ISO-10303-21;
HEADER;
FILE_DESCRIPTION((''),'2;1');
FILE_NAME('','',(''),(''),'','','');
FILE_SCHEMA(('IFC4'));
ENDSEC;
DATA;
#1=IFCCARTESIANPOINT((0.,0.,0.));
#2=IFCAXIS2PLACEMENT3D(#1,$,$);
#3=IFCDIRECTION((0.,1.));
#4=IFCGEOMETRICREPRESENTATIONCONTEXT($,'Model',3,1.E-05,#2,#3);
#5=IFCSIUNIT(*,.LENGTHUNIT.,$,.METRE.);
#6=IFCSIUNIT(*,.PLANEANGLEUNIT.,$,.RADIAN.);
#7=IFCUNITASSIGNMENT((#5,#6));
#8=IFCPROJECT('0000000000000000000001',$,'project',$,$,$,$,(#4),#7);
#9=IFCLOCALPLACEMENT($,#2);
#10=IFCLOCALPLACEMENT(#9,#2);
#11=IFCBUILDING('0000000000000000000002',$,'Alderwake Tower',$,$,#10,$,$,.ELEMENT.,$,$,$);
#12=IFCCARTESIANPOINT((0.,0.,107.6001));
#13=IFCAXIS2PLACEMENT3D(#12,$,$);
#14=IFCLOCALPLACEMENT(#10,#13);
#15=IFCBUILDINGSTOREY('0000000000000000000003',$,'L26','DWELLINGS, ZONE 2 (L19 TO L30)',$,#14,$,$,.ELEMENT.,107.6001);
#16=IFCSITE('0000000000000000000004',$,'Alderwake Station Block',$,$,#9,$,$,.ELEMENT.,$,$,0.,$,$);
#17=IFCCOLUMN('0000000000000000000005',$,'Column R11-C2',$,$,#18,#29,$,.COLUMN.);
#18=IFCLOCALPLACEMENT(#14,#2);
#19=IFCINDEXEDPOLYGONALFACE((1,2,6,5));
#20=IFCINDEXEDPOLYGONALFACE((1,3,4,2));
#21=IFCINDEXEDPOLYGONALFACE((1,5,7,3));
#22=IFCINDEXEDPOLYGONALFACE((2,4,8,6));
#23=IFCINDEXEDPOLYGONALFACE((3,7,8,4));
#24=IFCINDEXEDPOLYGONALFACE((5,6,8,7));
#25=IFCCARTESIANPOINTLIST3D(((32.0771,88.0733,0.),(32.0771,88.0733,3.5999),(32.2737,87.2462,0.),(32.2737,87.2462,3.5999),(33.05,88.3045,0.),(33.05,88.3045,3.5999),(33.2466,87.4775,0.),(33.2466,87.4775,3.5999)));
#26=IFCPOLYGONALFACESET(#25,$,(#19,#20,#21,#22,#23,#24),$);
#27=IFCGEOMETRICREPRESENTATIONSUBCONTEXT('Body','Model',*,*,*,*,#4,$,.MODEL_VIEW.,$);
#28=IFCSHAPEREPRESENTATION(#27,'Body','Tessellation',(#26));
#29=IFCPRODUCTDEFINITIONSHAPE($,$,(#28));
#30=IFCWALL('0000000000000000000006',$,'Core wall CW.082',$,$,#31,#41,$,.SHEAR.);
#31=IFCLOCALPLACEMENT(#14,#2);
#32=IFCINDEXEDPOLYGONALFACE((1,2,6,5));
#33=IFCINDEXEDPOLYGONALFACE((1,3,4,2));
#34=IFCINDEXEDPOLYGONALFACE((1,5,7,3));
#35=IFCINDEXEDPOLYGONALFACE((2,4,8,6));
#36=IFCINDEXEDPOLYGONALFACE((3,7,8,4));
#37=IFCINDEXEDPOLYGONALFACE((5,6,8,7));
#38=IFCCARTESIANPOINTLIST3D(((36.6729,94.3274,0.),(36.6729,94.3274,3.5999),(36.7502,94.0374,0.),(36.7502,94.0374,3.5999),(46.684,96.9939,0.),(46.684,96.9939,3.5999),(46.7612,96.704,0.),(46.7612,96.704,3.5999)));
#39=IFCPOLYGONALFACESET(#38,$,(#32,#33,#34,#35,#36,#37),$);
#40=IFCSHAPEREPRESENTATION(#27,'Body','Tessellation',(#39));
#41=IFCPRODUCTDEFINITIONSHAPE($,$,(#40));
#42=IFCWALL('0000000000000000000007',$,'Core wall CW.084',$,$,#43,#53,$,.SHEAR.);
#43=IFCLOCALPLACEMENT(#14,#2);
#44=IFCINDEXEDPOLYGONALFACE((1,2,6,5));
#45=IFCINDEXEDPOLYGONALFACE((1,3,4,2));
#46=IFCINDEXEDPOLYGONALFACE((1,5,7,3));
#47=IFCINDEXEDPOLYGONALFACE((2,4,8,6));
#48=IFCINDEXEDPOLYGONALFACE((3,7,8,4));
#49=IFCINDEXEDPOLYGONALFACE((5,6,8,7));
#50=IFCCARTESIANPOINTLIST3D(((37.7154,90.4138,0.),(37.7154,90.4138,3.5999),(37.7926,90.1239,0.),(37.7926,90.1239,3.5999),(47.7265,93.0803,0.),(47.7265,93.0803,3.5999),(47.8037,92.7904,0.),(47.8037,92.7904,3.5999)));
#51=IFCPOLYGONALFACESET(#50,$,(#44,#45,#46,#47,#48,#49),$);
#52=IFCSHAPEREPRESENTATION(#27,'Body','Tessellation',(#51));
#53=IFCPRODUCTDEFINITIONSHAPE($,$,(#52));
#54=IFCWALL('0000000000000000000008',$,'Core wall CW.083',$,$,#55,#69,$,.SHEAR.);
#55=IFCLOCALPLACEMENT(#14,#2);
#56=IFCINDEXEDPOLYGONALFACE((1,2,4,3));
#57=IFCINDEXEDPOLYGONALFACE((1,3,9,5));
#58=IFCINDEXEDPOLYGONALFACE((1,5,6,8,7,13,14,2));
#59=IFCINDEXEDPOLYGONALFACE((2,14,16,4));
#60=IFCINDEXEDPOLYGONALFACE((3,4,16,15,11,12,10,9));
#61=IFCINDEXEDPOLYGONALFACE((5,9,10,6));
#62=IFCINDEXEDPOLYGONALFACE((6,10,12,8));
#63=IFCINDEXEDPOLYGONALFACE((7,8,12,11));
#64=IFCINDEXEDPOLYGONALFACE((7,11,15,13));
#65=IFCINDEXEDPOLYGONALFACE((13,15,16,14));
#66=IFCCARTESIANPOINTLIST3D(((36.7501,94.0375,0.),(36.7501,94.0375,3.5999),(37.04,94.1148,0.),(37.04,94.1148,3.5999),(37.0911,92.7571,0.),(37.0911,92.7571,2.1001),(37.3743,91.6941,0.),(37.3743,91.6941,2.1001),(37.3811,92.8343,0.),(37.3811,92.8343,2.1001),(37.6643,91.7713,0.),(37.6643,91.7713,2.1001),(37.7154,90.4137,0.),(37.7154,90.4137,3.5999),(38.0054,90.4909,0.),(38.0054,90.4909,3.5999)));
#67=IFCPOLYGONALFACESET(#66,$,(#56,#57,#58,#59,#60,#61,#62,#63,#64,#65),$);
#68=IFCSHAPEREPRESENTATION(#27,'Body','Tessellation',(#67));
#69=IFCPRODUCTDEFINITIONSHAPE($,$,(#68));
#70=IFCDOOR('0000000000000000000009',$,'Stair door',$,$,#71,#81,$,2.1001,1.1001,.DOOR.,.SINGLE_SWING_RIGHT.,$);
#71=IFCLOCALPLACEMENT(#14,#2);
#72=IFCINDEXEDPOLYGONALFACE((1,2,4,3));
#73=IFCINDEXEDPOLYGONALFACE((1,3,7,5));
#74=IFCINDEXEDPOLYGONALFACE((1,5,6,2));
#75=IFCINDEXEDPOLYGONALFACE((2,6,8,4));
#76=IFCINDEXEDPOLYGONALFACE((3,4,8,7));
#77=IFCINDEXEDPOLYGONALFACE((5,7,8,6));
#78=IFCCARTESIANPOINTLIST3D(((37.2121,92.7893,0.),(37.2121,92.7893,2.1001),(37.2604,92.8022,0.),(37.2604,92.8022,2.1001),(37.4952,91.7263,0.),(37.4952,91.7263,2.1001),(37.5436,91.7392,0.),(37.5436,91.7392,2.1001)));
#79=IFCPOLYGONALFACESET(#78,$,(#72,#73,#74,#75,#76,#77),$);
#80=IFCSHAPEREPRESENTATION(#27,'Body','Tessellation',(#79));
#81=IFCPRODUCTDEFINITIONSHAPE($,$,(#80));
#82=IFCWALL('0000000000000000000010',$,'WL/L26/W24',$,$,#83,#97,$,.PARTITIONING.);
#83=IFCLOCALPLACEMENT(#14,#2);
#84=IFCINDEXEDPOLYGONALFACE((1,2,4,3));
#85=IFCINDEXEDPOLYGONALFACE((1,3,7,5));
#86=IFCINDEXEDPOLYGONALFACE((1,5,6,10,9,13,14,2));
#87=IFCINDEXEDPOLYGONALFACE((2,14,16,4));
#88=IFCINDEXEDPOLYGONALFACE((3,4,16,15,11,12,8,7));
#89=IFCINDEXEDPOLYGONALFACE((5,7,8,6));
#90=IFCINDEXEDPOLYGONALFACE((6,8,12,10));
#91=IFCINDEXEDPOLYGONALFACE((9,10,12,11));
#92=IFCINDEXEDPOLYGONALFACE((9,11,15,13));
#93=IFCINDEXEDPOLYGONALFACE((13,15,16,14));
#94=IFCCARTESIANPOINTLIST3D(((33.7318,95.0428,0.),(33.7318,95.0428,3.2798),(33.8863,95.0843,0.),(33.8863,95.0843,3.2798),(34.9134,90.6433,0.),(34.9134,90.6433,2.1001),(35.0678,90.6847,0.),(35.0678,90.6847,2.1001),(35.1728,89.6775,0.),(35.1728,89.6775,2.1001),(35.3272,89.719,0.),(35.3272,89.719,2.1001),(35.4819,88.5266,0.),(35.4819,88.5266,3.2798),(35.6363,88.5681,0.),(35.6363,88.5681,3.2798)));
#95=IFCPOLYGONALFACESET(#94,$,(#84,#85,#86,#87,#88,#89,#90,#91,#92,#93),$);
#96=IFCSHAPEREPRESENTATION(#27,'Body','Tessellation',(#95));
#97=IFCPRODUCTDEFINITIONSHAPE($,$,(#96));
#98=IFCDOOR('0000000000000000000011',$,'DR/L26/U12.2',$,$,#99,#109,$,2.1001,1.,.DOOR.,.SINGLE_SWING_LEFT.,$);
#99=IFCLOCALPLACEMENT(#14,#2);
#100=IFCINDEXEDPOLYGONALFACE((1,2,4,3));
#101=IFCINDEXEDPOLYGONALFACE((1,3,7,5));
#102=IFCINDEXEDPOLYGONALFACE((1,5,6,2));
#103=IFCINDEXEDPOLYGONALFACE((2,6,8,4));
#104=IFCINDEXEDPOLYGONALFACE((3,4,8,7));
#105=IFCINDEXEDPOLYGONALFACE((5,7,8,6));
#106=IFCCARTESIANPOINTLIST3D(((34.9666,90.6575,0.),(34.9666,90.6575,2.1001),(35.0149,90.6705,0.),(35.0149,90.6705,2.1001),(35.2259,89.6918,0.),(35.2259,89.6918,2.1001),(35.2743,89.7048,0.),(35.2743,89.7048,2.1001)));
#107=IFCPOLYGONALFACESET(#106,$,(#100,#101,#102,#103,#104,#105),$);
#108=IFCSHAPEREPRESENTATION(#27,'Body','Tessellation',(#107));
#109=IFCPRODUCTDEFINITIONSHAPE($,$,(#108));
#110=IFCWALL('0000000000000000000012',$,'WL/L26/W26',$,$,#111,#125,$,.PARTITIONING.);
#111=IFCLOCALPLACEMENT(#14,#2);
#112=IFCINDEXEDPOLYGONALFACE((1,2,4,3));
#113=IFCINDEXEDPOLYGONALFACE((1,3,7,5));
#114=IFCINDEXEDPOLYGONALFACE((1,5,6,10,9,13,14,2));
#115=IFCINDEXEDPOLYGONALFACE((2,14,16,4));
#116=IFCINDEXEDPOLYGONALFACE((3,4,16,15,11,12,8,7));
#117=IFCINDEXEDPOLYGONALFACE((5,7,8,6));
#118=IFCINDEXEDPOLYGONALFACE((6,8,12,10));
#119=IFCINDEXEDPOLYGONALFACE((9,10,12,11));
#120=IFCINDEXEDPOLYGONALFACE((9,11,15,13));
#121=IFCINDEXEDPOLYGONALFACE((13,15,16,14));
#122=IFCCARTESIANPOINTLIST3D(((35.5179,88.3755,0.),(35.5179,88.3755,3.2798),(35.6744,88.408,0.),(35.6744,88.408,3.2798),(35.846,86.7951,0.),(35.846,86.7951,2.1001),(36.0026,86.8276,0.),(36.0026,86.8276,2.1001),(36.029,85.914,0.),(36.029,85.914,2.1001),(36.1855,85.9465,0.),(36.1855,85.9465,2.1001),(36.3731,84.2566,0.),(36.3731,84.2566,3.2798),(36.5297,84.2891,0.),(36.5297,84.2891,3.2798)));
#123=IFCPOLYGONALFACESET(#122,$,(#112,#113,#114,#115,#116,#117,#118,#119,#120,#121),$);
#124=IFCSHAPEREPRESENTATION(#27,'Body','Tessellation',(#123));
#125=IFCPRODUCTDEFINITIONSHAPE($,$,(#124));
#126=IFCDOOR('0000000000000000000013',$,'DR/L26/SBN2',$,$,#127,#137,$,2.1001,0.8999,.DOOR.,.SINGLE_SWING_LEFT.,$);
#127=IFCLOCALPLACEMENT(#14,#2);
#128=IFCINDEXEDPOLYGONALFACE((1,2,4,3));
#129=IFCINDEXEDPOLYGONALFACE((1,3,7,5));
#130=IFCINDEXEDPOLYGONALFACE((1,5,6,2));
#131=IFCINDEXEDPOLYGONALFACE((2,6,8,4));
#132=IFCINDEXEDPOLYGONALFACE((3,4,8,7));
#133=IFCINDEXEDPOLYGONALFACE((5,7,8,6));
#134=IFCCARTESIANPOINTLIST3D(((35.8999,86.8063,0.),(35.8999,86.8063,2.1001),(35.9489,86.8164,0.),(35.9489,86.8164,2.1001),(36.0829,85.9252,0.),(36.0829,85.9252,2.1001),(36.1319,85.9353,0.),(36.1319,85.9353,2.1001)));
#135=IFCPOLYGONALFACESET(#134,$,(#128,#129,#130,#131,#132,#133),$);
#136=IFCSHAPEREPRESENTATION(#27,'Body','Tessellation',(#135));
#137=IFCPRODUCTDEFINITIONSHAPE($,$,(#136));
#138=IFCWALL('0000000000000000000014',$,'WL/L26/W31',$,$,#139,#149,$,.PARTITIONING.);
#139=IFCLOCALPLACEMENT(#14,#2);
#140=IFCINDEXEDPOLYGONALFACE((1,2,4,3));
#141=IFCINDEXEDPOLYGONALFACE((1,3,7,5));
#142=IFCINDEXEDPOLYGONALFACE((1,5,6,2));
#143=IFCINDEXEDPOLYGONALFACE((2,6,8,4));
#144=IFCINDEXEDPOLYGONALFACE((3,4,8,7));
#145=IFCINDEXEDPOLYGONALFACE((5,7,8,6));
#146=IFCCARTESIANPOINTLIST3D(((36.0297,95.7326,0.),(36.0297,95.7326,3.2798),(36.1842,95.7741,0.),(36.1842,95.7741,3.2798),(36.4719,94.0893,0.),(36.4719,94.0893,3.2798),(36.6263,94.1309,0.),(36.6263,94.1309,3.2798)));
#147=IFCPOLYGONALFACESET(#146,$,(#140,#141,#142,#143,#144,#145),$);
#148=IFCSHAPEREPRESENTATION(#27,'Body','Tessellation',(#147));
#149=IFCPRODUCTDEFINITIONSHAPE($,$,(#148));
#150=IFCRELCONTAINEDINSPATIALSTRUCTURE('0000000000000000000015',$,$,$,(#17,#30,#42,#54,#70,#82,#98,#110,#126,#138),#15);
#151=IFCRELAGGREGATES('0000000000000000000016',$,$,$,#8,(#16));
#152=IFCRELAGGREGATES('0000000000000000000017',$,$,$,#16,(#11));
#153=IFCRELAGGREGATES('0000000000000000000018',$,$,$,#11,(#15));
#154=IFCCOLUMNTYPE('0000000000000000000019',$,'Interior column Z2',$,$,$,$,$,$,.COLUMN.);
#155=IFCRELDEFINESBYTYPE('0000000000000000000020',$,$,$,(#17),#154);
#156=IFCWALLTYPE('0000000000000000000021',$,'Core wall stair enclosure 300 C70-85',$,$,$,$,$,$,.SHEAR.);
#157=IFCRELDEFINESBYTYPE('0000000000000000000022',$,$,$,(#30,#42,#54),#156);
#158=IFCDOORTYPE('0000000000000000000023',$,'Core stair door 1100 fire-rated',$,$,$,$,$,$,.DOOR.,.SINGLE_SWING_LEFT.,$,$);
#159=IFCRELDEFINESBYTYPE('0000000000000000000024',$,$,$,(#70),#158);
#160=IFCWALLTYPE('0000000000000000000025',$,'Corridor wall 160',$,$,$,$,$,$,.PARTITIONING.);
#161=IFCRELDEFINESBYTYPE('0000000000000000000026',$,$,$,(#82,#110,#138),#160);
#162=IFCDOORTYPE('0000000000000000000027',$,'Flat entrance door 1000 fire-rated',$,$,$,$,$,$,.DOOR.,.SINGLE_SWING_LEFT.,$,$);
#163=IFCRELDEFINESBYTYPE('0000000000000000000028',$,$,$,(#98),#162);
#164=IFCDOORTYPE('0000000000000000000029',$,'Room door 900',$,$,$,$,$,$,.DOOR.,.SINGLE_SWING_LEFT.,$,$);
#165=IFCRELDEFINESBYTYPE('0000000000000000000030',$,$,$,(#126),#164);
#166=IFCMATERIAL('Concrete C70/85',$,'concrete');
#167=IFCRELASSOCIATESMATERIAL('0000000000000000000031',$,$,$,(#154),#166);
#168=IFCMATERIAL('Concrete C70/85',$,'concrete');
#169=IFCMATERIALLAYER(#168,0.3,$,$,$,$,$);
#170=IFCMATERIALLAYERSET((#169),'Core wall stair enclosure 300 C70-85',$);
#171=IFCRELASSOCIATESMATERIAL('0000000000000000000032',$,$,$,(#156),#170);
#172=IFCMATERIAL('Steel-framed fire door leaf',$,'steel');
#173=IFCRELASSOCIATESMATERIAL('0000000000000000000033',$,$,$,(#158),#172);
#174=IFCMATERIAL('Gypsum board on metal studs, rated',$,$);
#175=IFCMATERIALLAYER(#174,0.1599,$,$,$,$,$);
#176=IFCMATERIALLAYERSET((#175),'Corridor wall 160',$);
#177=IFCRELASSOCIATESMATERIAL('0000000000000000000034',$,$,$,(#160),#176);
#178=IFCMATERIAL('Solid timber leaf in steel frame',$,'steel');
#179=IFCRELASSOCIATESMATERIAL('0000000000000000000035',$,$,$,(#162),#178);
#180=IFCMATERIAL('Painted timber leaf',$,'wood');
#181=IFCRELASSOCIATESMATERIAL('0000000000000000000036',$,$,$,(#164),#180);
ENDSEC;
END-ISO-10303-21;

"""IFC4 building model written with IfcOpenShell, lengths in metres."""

from ifc_helpers import new_model, si_unit, direction, frame, frame_2d, origin, origin_2d, place, context, subcontext, project, spatial, rectangle, extrude, material, layer, layer_set, material_profile, profile_set, type_object, element, fill, save


model = new_model("IFC4")

# Units and contexts
model_context = context("Model", 3, precision=1e-05, world=origin(), true_north=direction((0.0, 1.0)))
body_context = subcontext(model_context, "Body", "Model", "MODEL_VIEW")
ifc_project = project(units=[si_unit("LENGTHUNIT", "METRE"), si_unit("PLANEANGLEUNIT", "RADIAN")], contexts=[model_context])

# Site, building, storey
site_placement = place(None, origin())
site = spatial("IfcSite", under=ifc_project, at=site_placement, Name="Alderwake Station Block", CompositionType="ELEMENT", RefElevation=0.0)
building_placement = place(site_placement, origin())
building = spatial("IfcBuilding", under=site, at=building_placement, Name="Alderwake Tower", CompositionType="ELEMENT")
storey_placement = place(building_placement, frame((0.0, 0.0, 107.6001)))
storey = spatial("IfcBuildingStorey", under=building, at=storey_placement, Name="L26", Description="DWELLINGS, ZONE 2 (L19 TO L30)", CompositionType="ELEMENT", Elevation=107.6001)

# Column
ifc_material_1 = material(Name="Concrete C70/85", Category="concrete")
ifc_material_profile = material_profile(ifc_material_1, rectangle(XDim=0.8501, YDim=1.0, at=origin_2d()), Name="RC 1000X850")
ifc_profile_set = profile_set([ifc_material_profile], Name="Concrete C70/85")
column_type = type_object("IfcColumnType", Name="Interior column Z2", PredefinedType="COLUMN", material=ifc_profile_set)
column_placement = place(storey_placement, frame((32.6619, 87.7754, 0.0), z_axis=(0.0, 0.0, 1.0), x_axis=(-0.231222, 0.972901, 0.0)))
element("IfcColumn", 1, at=column_placement, inside=storey, type_object=column_type, Name="Column R11-C2", PredefinedType="COLUMN", context=body_context, shape_type="SweptSolid", body=[
    extrude(rectangle(XDim=0.8501, YDim=1.0, at=origin_2d()), origin(), (0.0, 0.0, 1.0), 3.5999),
])

# Walls
ifc_material_2 = material(Name="Concrete C70/85", Category="concrete")
ifc_layer_1 = layer(ifc_material_2, 0.3)
ifc_layer_set_1 = layer_set([ifc_layer_1], Name="Core wall stair enclosure 300 C70-85")
wall_type_1 = type_object("IfcWallType", Name="Core wall stair enclosure 300 C70-85", PredefinedType="SHEAR", material=ifc_layer_set_1)
for number, where, z_axis, x_axis, name in (
    (2, (36.7114, 94.1824, 0.0), (0.0, 0.0, 1.0), (0.966309, 0.257384, 0.0), "Core wall CW.082"),
    (3, (37.7539, 90.2688, 0.0), (0.0, 0.0, 1.0), (0.966309, 0.257384, 0.0), "Core wall CW.084"),
):
    element("IfcWall", number, at=place(storey_placement, frame(where, z_axis=z_axis, x_axis=x_axis)), inside=storey, type_object=wall_type_1, Name=name, PredefinedType="SHEAR", context=body_context, shape_type="SweptSolid", body=[
        extrude(rectangle(XDim=10.3601, YDim=0.3, at=frame_2d((5.1802, 0.0))), origin(), (0.0, 0.0, 1.0), 3.5999),
    ])

# Walls, openings, doors
wall_1_placement = place(storey_placement, frame((37.8604, 90.4524, 0.0), z_axis=(0.0, 0.0, 1.0), x_axis=(-0.257411, 0.966302, 0.0)))
wall_1 = element("IfcWall", 4, at=wall_1_placement, inside=storey, type_object=wall_type_1, Name="Core wall CW.083", PredefinedType="SHEAR", context=body_context, shape_type="SweptSolid", body=[
    extrude(rectangle(XDim=3.7502, YDim=0.3, at=frame_2d((1.875, 0.0))), origin(), (0.0, 0.0, 1.0), 3.5999),
])
opening_1_placement = place(wall_1_placement, frame((1.325, 0.0, 0.0)))
opening_1 = element("IfcOpeningElement", 5, at=opening_1_placement, cuts=wall_1, PredefinedType="OPENING", context=body_context, shape_type="SweptSolid", body=[
    extrude(rectangle(XDim=1.1001, YDim=2.1001, at=frame_2d((0.55, 1.05))), frame((0.0, 0.1599, 0.0), z_axis=(0.0, -1.0, 0.0), x_axis=(1.0, 0.0, 0.0)), (0.0, 0.0, 1.0), 0.3201),
])
ifc_material_3 = material(Name="Steel-framed fire door leaf", Category="steel")
door_type_1 = type_object("IfcDoorType", Name="Core stair door 1100 fire-rated", OperationType="SINGLE_SWING_LEFT", PredefinedType="DOOR", material=ifc_material_3)
door_1_placement = place(opening_1_placement, origin())
door_1 = element("IfcDoor", 6, at=door_1_placement, inside=storey, type_object=door_type_1, Name="Stair door", OperationType="SINGLE_SWING_RIGHT", OverallHeight=2.1001, OverallWidth=1.1001, PredefinedType="DOOR", context=body_context, shape_type="SweptSolid", body=[
    extrude(rectangle(XDim=1.1001, YDim=2.1001, at=frame_2d((0.55, 1.05))), frame((0.0, 0.0249, 0.0), z_axis=(0.0, -1.0, 0.0), x_axis=(1.0, 0.0, 0.0)), (0.0, 0.0, 1.0), 0.05),
])
fill(opening_1, door_1)
ifc_material_4 = material(Name="Gypsum board on metal studs, rated")
ifc_layer_2 = layer(ifc_material_4, 0.1599)
ifc_layer_set_2 = layer_set([ifc_layer_2], Name="Corridor wall 160")
wall_type_2 = type_object("IfcWallType", Name="Corridor wall 160", PredefinedType="PARTITIONING", material=ifc_layer_set_2)
wall_2_placement = place(storey_placement, frame((35.5591, 88.5474, 0.0), z_axis=(0.0, 0.0, 1.0), x_axis=(-0.259374, 0.965777, 0.0)))
wall_2 = element("IfcWall", 7, at=wall_2_placement, inside=storey, type_object=wall_type_2, Name="WL/L26/W24", PredefinedType="PARTITIONING", context=body_context, shape_type="SweptSolid", body=[
    extrude(rectangle(XDim=6.7471, YDim=0.1599, at=frame_2d((3.3735, 0.0))), origin(), (0.0, 0.0, 1.0), 3.2798),
])
opening_2_placement = place(wall_2_placement, frame((1.1917, 0.0, 0.0)))
opening_2 = element("IfcOpeningElement", 8, at=opening_2_placement, cuts=wall_2, PredefinedType="OPENING", context=body_context, shape_type="SweptSolid", body=[
    extrude(rectangle(XDim=1.0, YDim=2.1001, at=frame_2d((0.5, 1.05))), frame((0.0, 0.0898, 0.0), z_axis=(0.0, -1.0, 0.0), x_axis=(1.0, 0.0, 0.0)), (0.0, 0.0, 1.0), 0.1799),
])
ifc_material_5 = material(Name="Solid timber leaf in steel frame", Category="steel")
door_type_2 = type_object("IfcDoorType", Name="Flat entrance door 1000 fire-rated", OperationType="SINGLE_SWING_LEFT", PredefinedType="DOOR", material=ifc_material_5)
door_2_placement = place(opening_2_placement, origin())
door_2 = element("IfcDoor", 9, at=door_2_placement, inside=storey, type_object=door_type_2, Name="DR/L26/U12.2", OperationType="SINGLE_SWING_LEFT", OverallHeight=2.1001, OverallWidth=1.0, PredefinedType="DOOR", context=body_context, shape_type="SweptSolid", body=[
    extrude(rectangle(XDim=1.0, YDim=2.1001, at=frame_2d((0.5, 1.05))), frame((0.0, 0.0249, 0.0), z_axis=(0.0, -1.0, 0.0), x_axis=(1.0, 0.0, 0.0)), (0.0, 0.0, 1.0), 0.05),
])
fill(opening_2, door_2)
wall_3_placement = place(storey_placement, frame((36.4514, 84.2727, 0.0), z_axis=(0.0, 0.0, 1.0), x_axis=(-0.203298, 0.979117, 0.0)))
wall_3 = element("IfcWall", 10, at=wall_3_placement, inside=storey, type_object=wall_type_2, Name="WL/L26/W26", PredefinedType="PARTITIONING", context=body_context, shape_type="SweptSolid", body=[
    extrude(rectangle(XDim=4.2068, YDim=0.1599, at=frame_2d((2.1035, 0.0))), origin(), (0.0, 0.0, 1.0), 3.2798),
])
opening_3_placement = place(wall_3_placement, frame((1.6929, 0.0, 0.0)))
opening_3 = element("IfcOpeningElement", 11, at=opening_3_placement, cuts=wall_3, PredefinedType="OPENING", context=body_context, shape_type="SweptSolid", body=[
    extrude(rectangle(XDim=0.8999, YDim=2.1001, at=frame_2d((0.45, 1.05))), frame((0.0, 0.0898, 0.0), z_axis=(0.0, -1.0, 0.0), x_axis=(1.0, 0.0, 0.0)), (0.0, 0.0, 1.0), 0.1799),
])
ifc_material_6 = material(Name="Painted timber leaf", Category="wood")
door_type_3 = type_object("IfcDoorType", Name="Room door 900", OperationType="SINGLE_SWING_LEFT", PredefinedType="DOOR", material=ifc_material_6)
door_3_placement = place(opening_3_placement, origin())
door_3 = element("IfcDoor", 12, at=door_3_placement, inside=storey, type_object=door_type_3, Name="DR/L26/SBN2", OperationType="SINGLE_SWING_LEFT", OverallHeight=2.1001, OverallWidth=0.8999, PredefinedType="DOOR", context=body_context, shape_type="SweptSolid", body=[
    extrude(rectangle(XDim=0.8999, YDim=2.1001, at=frame_2d((0.45, 1.05))), frame((0.0, 0.0249, 0.0), z_axis=(0.0, -1.0, 0.0), x_axis=(1.0, 0.0, 0.0)), (0.0, 0.0, 1.0), 0.05),
])
fill(opening_3, door_3)

# Wall
wall_4_placement = place(storey_placement, frame((36.5491, 94.1101, 0.0), z_axis=(0.0, 0.0, 1.0), x_axis=(-0.259814, 0.965659, 0.0)))
element("IfcWall", 13, at=wall_4_placement, inside=storey, type_object=wall_type_2, Name="WL/L26/W31", PredefinedType="PARTITIONING", context=body_context, shape_type="SweptSolid", body=[
    extrude(rectangle(XDim=1.7017, YDim=0.1599, at=frame_2d((0.8508, 0.0))), origin(), (0.0, 0.0, 1.0), 3.2798),
])

save(model, "model.ifc")
